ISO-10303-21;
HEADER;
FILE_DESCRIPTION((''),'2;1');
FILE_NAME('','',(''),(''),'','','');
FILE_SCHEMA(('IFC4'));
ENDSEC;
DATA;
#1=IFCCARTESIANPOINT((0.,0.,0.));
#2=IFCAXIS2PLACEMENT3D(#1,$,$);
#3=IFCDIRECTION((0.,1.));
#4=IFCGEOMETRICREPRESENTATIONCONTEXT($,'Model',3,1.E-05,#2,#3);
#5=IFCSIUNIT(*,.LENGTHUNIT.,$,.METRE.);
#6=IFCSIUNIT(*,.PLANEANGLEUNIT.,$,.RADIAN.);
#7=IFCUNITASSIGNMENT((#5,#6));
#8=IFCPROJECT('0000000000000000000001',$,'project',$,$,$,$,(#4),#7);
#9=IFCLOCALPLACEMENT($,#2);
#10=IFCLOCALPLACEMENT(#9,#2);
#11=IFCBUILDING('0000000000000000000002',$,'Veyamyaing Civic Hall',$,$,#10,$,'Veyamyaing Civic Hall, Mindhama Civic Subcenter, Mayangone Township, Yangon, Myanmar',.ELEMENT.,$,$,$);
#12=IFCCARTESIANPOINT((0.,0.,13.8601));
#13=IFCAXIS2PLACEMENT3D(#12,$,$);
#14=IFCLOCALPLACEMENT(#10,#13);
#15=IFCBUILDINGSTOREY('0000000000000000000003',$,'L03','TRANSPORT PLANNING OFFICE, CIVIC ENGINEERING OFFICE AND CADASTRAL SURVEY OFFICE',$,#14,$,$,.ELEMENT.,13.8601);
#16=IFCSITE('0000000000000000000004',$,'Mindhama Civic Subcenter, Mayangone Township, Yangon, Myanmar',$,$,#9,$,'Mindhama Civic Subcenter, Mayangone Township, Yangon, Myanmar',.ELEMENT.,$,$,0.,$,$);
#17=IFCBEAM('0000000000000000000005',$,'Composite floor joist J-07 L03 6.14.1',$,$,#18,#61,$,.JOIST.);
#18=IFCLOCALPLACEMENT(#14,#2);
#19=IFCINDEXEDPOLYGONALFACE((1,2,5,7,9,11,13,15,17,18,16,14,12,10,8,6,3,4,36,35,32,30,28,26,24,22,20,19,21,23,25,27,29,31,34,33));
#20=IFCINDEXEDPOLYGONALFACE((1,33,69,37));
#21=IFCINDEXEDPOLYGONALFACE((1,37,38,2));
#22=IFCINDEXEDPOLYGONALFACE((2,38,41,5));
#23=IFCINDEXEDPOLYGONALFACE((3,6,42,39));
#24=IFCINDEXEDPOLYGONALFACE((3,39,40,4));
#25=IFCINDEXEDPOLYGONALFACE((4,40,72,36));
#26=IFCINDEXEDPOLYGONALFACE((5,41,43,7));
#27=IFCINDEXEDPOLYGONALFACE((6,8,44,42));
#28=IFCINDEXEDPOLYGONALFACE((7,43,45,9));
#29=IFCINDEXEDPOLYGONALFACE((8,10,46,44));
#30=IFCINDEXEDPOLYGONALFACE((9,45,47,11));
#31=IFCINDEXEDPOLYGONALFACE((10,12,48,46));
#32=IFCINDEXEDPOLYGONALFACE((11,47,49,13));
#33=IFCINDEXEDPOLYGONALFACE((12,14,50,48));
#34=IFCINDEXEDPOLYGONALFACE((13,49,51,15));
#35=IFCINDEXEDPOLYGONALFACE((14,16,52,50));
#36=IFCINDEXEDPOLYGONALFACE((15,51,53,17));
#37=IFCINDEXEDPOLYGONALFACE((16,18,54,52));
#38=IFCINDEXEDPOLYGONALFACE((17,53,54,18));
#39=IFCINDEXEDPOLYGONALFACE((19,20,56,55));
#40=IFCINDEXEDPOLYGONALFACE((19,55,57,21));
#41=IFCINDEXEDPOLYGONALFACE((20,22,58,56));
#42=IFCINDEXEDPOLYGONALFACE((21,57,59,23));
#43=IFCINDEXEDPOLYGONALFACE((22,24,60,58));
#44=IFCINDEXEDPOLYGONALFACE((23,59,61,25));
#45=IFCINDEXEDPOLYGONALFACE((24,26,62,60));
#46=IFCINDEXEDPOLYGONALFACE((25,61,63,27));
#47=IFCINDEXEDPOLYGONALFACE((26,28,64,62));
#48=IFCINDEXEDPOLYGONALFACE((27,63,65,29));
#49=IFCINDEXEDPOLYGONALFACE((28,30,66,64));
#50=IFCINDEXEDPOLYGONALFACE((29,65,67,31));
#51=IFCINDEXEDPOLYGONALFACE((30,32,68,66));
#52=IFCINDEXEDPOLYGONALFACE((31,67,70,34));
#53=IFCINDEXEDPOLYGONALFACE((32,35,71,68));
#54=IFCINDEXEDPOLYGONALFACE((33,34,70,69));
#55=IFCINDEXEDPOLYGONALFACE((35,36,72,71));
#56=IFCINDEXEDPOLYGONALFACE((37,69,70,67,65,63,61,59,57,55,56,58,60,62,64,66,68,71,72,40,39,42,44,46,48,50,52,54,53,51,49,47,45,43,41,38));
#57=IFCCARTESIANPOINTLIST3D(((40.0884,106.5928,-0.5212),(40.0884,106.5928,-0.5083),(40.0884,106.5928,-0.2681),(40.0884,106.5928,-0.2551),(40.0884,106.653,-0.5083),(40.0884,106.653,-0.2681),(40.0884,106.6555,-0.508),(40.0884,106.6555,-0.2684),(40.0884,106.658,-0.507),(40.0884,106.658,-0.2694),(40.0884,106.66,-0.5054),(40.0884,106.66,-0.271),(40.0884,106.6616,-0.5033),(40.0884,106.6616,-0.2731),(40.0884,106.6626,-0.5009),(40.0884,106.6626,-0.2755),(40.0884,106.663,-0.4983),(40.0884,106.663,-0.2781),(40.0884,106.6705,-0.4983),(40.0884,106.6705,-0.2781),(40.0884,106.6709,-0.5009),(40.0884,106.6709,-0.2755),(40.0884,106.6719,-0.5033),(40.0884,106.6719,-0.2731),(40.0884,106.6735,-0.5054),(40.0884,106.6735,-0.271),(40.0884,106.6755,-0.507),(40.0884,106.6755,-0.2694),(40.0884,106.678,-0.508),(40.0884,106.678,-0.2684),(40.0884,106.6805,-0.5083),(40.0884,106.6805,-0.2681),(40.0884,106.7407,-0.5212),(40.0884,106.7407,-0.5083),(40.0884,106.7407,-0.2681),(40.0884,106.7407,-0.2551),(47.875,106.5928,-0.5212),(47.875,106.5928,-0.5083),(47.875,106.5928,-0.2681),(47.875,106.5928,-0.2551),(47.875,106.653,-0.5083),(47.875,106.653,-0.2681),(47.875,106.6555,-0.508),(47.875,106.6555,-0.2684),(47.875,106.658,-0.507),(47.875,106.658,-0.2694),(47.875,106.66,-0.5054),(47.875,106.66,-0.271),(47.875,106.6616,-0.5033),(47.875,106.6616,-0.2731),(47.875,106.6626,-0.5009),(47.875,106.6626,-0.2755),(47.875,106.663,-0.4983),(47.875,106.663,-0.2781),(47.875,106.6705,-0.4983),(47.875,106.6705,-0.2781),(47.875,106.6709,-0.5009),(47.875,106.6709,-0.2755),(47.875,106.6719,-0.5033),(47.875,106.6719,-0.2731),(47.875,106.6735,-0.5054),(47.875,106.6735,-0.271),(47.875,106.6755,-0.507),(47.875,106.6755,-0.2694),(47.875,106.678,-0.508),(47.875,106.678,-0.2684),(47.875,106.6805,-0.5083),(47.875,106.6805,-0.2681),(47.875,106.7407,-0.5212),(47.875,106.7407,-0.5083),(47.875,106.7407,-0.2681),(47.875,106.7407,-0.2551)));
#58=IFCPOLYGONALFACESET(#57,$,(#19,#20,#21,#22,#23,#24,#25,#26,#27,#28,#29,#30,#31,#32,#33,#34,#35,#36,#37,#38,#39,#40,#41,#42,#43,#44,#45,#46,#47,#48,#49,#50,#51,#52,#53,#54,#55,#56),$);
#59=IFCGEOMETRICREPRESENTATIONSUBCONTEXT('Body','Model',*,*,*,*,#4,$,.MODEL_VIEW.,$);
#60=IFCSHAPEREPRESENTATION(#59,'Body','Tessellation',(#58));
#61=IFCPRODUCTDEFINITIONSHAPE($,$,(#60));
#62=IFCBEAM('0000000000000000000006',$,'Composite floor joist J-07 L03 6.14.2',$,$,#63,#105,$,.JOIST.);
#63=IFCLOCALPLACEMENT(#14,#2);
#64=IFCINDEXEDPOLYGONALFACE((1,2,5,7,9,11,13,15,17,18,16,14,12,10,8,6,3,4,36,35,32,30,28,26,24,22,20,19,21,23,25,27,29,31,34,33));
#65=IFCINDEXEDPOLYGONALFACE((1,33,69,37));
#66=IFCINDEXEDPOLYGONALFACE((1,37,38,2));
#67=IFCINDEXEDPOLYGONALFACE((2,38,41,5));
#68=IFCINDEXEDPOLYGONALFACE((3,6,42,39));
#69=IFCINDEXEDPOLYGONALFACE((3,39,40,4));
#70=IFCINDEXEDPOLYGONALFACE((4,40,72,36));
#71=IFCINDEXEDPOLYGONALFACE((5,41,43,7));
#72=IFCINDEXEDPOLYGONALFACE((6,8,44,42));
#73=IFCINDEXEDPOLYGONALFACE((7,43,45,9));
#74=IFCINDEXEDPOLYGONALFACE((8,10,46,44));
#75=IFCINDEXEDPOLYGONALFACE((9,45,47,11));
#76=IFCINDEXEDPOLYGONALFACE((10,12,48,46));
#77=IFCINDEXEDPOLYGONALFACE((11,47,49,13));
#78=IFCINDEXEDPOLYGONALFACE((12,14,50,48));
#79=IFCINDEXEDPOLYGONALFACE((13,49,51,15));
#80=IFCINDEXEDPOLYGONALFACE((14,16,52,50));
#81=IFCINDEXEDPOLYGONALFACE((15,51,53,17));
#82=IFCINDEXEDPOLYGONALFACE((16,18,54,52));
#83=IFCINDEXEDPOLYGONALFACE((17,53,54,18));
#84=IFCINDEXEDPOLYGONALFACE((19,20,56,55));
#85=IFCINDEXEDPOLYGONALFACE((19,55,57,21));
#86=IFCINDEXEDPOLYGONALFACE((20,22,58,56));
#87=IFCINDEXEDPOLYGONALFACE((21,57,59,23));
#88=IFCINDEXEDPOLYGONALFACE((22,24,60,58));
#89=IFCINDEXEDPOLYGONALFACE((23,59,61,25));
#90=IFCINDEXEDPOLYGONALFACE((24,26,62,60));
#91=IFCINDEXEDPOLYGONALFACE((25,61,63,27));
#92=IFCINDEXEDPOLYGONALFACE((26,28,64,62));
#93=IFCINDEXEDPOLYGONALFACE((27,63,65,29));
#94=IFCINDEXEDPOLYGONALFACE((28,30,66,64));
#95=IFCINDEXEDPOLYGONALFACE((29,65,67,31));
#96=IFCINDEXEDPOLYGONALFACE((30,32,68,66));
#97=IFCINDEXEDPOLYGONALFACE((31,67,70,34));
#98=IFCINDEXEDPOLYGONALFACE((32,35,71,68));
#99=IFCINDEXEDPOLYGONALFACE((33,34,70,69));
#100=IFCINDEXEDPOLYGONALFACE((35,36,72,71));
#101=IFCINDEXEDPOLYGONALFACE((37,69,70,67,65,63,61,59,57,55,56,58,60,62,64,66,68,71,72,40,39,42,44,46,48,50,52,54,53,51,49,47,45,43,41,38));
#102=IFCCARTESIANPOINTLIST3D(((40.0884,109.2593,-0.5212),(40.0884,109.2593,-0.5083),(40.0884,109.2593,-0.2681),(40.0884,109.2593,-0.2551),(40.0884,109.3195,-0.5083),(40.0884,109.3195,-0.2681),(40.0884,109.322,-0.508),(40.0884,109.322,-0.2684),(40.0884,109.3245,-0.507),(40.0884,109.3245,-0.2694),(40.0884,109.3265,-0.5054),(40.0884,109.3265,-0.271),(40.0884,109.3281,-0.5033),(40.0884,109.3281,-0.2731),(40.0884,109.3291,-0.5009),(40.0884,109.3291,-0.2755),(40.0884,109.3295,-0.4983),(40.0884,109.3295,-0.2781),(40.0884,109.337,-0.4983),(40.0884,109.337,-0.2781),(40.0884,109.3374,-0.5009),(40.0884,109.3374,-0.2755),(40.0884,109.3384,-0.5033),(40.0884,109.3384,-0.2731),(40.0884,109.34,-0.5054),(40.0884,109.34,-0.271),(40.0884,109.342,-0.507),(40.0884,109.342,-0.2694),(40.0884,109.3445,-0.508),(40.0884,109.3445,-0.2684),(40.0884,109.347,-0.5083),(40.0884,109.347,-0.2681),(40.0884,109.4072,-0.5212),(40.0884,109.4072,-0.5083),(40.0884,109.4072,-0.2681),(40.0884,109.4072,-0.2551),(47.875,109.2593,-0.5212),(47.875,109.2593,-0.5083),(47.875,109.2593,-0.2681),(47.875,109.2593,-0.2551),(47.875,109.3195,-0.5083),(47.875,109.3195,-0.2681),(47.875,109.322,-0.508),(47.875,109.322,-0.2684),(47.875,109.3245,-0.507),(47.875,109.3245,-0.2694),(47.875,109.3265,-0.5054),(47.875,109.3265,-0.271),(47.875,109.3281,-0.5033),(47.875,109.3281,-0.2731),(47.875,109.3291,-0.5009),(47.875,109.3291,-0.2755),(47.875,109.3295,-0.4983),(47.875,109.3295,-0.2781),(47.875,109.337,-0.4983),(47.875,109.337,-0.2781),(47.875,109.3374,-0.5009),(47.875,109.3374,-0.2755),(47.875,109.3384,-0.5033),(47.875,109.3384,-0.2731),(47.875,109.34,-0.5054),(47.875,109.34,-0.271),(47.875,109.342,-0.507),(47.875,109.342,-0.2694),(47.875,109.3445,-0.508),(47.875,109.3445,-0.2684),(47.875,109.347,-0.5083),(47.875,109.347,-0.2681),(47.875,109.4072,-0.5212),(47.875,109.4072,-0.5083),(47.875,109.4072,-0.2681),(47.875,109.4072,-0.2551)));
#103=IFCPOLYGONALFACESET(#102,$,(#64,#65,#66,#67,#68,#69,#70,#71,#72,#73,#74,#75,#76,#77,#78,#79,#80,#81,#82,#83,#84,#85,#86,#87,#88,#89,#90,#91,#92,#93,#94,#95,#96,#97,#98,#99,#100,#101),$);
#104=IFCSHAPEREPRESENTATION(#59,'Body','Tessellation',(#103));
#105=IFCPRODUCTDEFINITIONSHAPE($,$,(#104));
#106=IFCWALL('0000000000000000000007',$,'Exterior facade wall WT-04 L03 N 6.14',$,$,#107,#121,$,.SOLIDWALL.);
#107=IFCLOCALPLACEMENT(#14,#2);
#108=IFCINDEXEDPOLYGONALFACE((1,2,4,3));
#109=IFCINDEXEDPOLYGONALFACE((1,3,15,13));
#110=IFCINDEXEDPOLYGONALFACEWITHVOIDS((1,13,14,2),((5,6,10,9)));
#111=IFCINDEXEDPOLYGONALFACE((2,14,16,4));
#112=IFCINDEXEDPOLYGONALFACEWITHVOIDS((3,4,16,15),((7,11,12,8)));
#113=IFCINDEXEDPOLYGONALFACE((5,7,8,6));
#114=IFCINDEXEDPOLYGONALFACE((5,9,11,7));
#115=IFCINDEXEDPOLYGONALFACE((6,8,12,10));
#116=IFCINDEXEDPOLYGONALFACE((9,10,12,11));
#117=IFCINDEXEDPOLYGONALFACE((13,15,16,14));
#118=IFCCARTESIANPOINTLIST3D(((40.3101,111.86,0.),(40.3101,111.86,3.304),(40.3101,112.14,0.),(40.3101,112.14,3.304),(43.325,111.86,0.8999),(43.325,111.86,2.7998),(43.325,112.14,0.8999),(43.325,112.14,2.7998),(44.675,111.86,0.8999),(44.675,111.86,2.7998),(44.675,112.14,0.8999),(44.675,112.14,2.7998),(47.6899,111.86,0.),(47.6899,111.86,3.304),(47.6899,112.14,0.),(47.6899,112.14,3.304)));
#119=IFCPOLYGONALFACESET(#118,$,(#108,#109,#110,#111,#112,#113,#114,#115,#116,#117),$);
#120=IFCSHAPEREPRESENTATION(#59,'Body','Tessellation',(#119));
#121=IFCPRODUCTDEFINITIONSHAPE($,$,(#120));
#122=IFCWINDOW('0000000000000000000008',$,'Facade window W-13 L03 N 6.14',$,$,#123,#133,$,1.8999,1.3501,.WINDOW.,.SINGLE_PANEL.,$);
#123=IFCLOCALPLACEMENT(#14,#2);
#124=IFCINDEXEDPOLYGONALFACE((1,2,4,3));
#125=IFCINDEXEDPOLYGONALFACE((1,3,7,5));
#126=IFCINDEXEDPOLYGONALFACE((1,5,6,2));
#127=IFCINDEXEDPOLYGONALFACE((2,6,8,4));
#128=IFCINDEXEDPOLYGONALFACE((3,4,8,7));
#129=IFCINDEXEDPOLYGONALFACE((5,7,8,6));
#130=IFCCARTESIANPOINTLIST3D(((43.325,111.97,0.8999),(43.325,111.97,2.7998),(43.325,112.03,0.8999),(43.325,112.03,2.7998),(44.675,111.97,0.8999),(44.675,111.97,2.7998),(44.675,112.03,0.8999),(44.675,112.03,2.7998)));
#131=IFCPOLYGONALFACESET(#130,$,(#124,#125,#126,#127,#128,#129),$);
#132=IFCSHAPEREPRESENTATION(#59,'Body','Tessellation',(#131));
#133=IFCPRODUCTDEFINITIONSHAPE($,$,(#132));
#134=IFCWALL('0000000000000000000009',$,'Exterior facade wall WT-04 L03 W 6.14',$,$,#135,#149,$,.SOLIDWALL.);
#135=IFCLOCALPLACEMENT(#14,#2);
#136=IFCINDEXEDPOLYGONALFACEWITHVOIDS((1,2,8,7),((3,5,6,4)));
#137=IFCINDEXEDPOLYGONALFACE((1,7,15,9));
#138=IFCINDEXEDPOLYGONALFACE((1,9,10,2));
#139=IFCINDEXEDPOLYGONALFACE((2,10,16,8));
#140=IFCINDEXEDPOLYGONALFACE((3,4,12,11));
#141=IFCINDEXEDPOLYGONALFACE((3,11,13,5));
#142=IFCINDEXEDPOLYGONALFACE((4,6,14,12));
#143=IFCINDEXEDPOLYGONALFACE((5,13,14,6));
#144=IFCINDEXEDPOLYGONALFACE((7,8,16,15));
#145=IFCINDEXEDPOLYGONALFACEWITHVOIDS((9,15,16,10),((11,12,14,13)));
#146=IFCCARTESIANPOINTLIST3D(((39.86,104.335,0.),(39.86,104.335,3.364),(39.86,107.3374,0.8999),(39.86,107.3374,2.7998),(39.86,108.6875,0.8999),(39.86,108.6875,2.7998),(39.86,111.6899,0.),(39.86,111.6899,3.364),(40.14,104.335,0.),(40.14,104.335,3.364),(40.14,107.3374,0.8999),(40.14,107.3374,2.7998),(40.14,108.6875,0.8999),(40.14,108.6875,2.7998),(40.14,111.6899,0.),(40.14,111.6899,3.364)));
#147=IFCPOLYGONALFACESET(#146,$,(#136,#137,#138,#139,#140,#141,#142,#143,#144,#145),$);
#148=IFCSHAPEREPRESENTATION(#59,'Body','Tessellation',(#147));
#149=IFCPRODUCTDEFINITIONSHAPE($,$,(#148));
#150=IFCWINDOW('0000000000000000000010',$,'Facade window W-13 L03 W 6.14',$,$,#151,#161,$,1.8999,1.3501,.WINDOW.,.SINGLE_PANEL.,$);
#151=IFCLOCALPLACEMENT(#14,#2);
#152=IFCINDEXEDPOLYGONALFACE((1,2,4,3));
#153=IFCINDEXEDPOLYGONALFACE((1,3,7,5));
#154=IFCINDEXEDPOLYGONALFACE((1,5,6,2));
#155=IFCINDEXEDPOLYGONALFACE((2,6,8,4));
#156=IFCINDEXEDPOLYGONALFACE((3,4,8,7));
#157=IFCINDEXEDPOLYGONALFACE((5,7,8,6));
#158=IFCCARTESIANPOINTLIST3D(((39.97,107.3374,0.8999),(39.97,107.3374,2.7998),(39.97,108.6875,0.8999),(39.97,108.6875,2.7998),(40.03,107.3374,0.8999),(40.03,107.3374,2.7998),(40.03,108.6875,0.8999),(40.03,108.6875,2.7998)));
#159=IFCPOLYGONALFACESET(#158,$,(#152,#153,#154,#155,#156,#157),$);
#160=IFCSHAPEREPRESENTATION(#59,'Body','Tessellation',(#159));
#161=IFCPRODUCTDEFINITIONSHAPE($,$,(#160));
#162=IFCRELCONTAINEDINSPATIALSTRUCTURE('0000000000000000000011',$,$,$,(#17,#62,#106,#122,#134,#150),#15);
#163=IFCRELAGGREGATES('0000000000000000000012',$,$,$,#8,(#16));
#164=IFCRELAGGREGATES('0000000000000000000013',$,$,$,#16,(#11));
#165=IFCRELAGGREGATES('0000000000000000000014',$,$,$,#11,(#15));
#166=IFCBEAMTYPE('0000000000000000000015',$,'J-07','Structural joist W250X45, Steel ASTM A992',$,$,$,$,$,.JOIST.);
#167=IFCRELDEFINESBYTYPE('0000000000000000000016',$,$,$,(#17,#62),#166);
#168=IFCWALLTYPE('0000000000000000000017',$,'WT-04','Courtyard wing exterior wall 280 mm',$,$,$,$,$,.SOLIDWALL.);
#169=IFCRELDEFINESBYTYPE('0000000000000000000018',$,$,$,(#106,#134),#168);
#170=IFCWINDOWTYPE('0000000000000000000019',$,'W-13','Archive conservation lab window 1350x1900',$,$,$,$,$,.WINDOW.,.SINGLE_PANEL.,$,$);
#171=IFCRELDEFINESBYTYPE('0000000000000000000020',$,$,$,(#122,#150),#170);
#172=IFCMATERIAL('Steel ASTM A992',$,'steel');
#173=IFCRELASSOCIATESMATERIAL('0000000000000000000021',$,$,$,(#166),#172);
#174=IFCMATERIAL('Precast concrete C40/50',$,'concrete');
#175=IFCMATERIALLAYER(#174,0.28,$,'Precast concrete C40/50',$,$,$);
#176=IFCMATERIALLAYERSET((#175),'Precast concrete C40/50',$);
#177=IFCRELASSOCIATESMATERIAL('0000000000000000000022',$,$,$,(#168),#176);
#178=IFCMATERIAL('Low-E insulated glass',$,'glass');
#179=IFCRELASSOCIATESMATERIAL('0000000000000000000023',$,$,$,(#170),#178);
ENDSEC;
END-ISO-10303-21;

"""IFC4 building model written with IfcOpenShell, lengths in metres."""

from ifc_helpers import new_model, si_unit, direction, frame, frame_2d, origin, origin_2d, place, context, subcontext, project, spatial, rectangle, i_section, extrude, material, layer, layer_set, material_profile, profile_set, type_object, element, fill, save


model = new_model("IFC4")

# Units and contexts
model_context = context("Model", 3, precision=1e-05, world=origin(), true_north=direction((0.0, 1.0)))
body_context = subcontext(model_context, "Body", "Model", "MODEL_VIEW")
ifc_project = project(units=[si_unit("LENGTHUNIT", "METRE"), si_unit("PLANEANGLEUNIT", "RADIAN")], contexts=[model_context])

# Site, building, storey
site_placement = place(None, origin())
site = spatial("IfcSite", under=ifc_project, at=site_placement, Name="Mindhama Civic Subcenter, Mayangone Township, Yangon, Myanmar", LongName="Mindhama Civic Subcenter, Mayangone Township, Yangon, Myanmar", CompositionType="ELEMENT", RefElevation=0.0)
building_placement = place(site_placement, origin())
building = spatial("IfcBuilding", under=site, at=building_placement, Name="Veyamyaing Civic Hall", LongName="Veyamyaing Civic Hall, Mindhama Civic Subcenter, Mayangone Township, Yangon, Myanmar", CompositionType="ELEMENT")
storey_placement = place(building_placement, frame((0.0, 0.0, 13.8601)))
storey = spatial("IfcBuildingStorey", under=building, at=storey_placement, Name="L03", Description="TRANSPORT PLANNING OFFICE, CIVIC ENGINEERING OFFICE AND CADASTRAL SURVEY OFFICE", CompositionType="ELEMENT", Elevation=13.8601)

# Beams
ifc_material_1 = material(Name="Steel ASTM A992", Category="steel")
ifc_material_profile_1 = material_profile(ifc_material_1, i_section(OverallWidth=0.1479, OverallDepth=0.2661, WebThickness=0.0076, FlangeThickness=0.0129, FilletRadius=0.01, at=origin_2d()), Name="W250X45")
ifc_profile_set_1 = profile_set([ifc_material_profile_1], Name="Steel ASTM A992")
beam_type_1 = type_object("IfcBeamType", Name="J-07", Description="Structural joist W250X45, Steel ASTM A992", PredefinedType="JOIST", material=ifc_profile_set_1)
for number, where, z_axis, x_axis, name in (
    (1, (40.0884, 106.6667, -0.3882), (1.0, 0.0, 0.0), (0.0, 1.0, 0.0), "Composite floor joist J-07 L03 6.14.1"),
    (2, (40.0884, 109.3333, -0.3882), (1.0, 0.0, 0.0), (0.0, 1.0, 0.0), "Composite floor joist J-07 L03 6.14.2"),
):
    element("IfcBeam", number, at=place(storey_placement, frame(where, z_axis=z_axis, x_axis=x_axis)), inside=storey, type_object=beam_type_1, Name=name, PredefinedType="JOIST", context=body_context, shape_type="SweptSolid", body=[
        extrude(i_section(OverallWidth=0.1479, OverallDepth=0.2661, WebThickness=0.0076, FlangeThickness=0.0129, FilletRadius=0.01, at=origin_2d()), origin(), (0.0, 0.0, 1.0), 7.7866),
    ])

# Walls, openings, windows
ifc_material_2 = material(Name="Precast concrete C40/50", Category="concrete")
ifc_layer_1 = layer(ifc_material_2, 0.28, Name="Precast concrete C40/50")
ifc_layer_set_1 = layer_set([ifc_layer_1], Name="Precast concrete C40/50")
wall_type_1 = type_object("IfcWallType", Name="WT-04", Description="Courtyard wing exterior wall 280 mm", PredefinedType="SOLIDWALL", material=ifc_layer_set_1)
wall_1_placement = place(storey_placement, frame((40.3101, 112.0, 0.0), z_axis=(0.0, 0.0, 1.0), x_axis=(1.0, 0.0, 0.0)))
wall_1 = element("IfcWall", 3, at=wall_1_placement, inside=storey, type_object=wall_type_1, Name="Exterior facade wall WT-04 L03 N 6.14", PredefinedType="SOLIDWALL", context=body_context, shape_type="SweptSolid", body=[
    extrude(rectangle(XDim=7.3799, YDim=0.28, at=frame_2d((3.6899, 0.0))), origin(), (0.0, 0.0, 1.0), 3.304),
])
opening_1_placement = place(wall_1_placement, frame((3.0149, 0.0, 0.8999)))
opening_1 = element("IfcOpeningElement", 4, at=opening_1_placement, cuts=wall_1, PredefinedType="OPENING", context=body_context, shape_type="SweptSolid", body=[
    extrude(rectangle(XDim=1.3501, YDim=1.8999, at=frame_2d((0.675, 0.95))), frame((0.0, 0.1499, 0.0), z_axis=(0.0, -1.0, 0.0), x_axis=(1.0, 0.0, 0.0)), (0.0, 0.0, 1.0), 0.3),
])
ifc_material_3 = material(Name="Low-E insulated glass", Category="glass")
window_type = type_object("IfcWindowType", Name="W-13", Description="Archive conservation lab window 1350x1900", PartitioningType="SINGLE_PANEL", PredefinedType="WINDOW", material=ifc_material_3)
window_1_placement = place(opening_1_placement, origin())
window_1 = element("IfcWindow", 5, at=window_1_placement, inside=storey, type_object=window_type, Name="Facade window W-13 L03 N 6.14", OverallHeight=1.8999, OverallWidth=1.3501, PartitioningType="SINGLE_PANEL", PredefinedType="WINDOW", context=body_context, shape_type="SweptSolid", body=[
    extrude(rectangle(XDim=1.3501, YDim=1.8999, at=frame_2d((0.675, 0.95))), frame((0.0, 0.03, 0.0), z_axis=(0.0, -1.0, 0.0), x_axis=(1.0, 0.0, 0.0)), (0.0, 0.0, 1.0), 0.0601),
])
fill(opening_1, window_1)
wall_2_placement = place(storey_placement, frame((40.0, 104.335, 0.0), z_axis=(0.0, 0.0, 1.0), x_axis=(0.0, 1.0, 0.0)))
wall_2 = element("IfcWall", 6, at=wall_2_placement, inside=storey, type_object=wall_type_1, Name="Exterior facade wall WT-04 L03 W 6.14", PredefinedType="SOLIDWALL", context=body_context, shape_type="SweptSolid", body=[
    extrude(rectangle(XDim=7.355, YDim=0.28, at=frame_2d((3.6775, 0.0))), origin(), (0.0, 0.0, 1.0), 3.364),
])
opening_2_placement = place(wall_2_placement, frame((3.0024, 0.0, 0.8999)))
opening_2 = element("IfcOpeningElement", 7, at=opening_2_placement, cuts=wall_2, PredefinedType="OPENING", context=body_context, shape_type="SweptSolid", body=[
    extrude(rectangle(XDim=1.3501, YDim=1.8999, at=frame_2d((0.675, 0.95))), frame((0.0, 0.1499, 0.0), z_axis=(0.0, -1.0, 0.0), x_axis=(1.0, 0.0, 0.0)), (0.0, 0.0, 1.0), 0.3),
])
window_2_placement = place(opening_2_placement, origin())
window_2 = element("IfcWindow", 8, at=window_2_placement, inside=storey, type_object=window_type, Name="Facade window W-13 L03 W 6.14", OverallHeight=1.8999, OverallWidth=1.3501, PartitioningType="SINGLE_PANEL", PredefinedType="WINDOW", context=body_context, shape_type="SweptSolid", body=[
    extrude(rectangle(XDim=1.3501, YDim=1.8999, at=frame_2d((0.675, 0.95))), frame((0.0, 0.03, 0.0), z_axis=(0.0, -1.0, 0.0), x_axis=(1.0, 0.0, 0.0)), (0.0, 0.0, 1.0), 0.0601),
])
fill(opening_2, window_2)

save(model, "model.ifc")
